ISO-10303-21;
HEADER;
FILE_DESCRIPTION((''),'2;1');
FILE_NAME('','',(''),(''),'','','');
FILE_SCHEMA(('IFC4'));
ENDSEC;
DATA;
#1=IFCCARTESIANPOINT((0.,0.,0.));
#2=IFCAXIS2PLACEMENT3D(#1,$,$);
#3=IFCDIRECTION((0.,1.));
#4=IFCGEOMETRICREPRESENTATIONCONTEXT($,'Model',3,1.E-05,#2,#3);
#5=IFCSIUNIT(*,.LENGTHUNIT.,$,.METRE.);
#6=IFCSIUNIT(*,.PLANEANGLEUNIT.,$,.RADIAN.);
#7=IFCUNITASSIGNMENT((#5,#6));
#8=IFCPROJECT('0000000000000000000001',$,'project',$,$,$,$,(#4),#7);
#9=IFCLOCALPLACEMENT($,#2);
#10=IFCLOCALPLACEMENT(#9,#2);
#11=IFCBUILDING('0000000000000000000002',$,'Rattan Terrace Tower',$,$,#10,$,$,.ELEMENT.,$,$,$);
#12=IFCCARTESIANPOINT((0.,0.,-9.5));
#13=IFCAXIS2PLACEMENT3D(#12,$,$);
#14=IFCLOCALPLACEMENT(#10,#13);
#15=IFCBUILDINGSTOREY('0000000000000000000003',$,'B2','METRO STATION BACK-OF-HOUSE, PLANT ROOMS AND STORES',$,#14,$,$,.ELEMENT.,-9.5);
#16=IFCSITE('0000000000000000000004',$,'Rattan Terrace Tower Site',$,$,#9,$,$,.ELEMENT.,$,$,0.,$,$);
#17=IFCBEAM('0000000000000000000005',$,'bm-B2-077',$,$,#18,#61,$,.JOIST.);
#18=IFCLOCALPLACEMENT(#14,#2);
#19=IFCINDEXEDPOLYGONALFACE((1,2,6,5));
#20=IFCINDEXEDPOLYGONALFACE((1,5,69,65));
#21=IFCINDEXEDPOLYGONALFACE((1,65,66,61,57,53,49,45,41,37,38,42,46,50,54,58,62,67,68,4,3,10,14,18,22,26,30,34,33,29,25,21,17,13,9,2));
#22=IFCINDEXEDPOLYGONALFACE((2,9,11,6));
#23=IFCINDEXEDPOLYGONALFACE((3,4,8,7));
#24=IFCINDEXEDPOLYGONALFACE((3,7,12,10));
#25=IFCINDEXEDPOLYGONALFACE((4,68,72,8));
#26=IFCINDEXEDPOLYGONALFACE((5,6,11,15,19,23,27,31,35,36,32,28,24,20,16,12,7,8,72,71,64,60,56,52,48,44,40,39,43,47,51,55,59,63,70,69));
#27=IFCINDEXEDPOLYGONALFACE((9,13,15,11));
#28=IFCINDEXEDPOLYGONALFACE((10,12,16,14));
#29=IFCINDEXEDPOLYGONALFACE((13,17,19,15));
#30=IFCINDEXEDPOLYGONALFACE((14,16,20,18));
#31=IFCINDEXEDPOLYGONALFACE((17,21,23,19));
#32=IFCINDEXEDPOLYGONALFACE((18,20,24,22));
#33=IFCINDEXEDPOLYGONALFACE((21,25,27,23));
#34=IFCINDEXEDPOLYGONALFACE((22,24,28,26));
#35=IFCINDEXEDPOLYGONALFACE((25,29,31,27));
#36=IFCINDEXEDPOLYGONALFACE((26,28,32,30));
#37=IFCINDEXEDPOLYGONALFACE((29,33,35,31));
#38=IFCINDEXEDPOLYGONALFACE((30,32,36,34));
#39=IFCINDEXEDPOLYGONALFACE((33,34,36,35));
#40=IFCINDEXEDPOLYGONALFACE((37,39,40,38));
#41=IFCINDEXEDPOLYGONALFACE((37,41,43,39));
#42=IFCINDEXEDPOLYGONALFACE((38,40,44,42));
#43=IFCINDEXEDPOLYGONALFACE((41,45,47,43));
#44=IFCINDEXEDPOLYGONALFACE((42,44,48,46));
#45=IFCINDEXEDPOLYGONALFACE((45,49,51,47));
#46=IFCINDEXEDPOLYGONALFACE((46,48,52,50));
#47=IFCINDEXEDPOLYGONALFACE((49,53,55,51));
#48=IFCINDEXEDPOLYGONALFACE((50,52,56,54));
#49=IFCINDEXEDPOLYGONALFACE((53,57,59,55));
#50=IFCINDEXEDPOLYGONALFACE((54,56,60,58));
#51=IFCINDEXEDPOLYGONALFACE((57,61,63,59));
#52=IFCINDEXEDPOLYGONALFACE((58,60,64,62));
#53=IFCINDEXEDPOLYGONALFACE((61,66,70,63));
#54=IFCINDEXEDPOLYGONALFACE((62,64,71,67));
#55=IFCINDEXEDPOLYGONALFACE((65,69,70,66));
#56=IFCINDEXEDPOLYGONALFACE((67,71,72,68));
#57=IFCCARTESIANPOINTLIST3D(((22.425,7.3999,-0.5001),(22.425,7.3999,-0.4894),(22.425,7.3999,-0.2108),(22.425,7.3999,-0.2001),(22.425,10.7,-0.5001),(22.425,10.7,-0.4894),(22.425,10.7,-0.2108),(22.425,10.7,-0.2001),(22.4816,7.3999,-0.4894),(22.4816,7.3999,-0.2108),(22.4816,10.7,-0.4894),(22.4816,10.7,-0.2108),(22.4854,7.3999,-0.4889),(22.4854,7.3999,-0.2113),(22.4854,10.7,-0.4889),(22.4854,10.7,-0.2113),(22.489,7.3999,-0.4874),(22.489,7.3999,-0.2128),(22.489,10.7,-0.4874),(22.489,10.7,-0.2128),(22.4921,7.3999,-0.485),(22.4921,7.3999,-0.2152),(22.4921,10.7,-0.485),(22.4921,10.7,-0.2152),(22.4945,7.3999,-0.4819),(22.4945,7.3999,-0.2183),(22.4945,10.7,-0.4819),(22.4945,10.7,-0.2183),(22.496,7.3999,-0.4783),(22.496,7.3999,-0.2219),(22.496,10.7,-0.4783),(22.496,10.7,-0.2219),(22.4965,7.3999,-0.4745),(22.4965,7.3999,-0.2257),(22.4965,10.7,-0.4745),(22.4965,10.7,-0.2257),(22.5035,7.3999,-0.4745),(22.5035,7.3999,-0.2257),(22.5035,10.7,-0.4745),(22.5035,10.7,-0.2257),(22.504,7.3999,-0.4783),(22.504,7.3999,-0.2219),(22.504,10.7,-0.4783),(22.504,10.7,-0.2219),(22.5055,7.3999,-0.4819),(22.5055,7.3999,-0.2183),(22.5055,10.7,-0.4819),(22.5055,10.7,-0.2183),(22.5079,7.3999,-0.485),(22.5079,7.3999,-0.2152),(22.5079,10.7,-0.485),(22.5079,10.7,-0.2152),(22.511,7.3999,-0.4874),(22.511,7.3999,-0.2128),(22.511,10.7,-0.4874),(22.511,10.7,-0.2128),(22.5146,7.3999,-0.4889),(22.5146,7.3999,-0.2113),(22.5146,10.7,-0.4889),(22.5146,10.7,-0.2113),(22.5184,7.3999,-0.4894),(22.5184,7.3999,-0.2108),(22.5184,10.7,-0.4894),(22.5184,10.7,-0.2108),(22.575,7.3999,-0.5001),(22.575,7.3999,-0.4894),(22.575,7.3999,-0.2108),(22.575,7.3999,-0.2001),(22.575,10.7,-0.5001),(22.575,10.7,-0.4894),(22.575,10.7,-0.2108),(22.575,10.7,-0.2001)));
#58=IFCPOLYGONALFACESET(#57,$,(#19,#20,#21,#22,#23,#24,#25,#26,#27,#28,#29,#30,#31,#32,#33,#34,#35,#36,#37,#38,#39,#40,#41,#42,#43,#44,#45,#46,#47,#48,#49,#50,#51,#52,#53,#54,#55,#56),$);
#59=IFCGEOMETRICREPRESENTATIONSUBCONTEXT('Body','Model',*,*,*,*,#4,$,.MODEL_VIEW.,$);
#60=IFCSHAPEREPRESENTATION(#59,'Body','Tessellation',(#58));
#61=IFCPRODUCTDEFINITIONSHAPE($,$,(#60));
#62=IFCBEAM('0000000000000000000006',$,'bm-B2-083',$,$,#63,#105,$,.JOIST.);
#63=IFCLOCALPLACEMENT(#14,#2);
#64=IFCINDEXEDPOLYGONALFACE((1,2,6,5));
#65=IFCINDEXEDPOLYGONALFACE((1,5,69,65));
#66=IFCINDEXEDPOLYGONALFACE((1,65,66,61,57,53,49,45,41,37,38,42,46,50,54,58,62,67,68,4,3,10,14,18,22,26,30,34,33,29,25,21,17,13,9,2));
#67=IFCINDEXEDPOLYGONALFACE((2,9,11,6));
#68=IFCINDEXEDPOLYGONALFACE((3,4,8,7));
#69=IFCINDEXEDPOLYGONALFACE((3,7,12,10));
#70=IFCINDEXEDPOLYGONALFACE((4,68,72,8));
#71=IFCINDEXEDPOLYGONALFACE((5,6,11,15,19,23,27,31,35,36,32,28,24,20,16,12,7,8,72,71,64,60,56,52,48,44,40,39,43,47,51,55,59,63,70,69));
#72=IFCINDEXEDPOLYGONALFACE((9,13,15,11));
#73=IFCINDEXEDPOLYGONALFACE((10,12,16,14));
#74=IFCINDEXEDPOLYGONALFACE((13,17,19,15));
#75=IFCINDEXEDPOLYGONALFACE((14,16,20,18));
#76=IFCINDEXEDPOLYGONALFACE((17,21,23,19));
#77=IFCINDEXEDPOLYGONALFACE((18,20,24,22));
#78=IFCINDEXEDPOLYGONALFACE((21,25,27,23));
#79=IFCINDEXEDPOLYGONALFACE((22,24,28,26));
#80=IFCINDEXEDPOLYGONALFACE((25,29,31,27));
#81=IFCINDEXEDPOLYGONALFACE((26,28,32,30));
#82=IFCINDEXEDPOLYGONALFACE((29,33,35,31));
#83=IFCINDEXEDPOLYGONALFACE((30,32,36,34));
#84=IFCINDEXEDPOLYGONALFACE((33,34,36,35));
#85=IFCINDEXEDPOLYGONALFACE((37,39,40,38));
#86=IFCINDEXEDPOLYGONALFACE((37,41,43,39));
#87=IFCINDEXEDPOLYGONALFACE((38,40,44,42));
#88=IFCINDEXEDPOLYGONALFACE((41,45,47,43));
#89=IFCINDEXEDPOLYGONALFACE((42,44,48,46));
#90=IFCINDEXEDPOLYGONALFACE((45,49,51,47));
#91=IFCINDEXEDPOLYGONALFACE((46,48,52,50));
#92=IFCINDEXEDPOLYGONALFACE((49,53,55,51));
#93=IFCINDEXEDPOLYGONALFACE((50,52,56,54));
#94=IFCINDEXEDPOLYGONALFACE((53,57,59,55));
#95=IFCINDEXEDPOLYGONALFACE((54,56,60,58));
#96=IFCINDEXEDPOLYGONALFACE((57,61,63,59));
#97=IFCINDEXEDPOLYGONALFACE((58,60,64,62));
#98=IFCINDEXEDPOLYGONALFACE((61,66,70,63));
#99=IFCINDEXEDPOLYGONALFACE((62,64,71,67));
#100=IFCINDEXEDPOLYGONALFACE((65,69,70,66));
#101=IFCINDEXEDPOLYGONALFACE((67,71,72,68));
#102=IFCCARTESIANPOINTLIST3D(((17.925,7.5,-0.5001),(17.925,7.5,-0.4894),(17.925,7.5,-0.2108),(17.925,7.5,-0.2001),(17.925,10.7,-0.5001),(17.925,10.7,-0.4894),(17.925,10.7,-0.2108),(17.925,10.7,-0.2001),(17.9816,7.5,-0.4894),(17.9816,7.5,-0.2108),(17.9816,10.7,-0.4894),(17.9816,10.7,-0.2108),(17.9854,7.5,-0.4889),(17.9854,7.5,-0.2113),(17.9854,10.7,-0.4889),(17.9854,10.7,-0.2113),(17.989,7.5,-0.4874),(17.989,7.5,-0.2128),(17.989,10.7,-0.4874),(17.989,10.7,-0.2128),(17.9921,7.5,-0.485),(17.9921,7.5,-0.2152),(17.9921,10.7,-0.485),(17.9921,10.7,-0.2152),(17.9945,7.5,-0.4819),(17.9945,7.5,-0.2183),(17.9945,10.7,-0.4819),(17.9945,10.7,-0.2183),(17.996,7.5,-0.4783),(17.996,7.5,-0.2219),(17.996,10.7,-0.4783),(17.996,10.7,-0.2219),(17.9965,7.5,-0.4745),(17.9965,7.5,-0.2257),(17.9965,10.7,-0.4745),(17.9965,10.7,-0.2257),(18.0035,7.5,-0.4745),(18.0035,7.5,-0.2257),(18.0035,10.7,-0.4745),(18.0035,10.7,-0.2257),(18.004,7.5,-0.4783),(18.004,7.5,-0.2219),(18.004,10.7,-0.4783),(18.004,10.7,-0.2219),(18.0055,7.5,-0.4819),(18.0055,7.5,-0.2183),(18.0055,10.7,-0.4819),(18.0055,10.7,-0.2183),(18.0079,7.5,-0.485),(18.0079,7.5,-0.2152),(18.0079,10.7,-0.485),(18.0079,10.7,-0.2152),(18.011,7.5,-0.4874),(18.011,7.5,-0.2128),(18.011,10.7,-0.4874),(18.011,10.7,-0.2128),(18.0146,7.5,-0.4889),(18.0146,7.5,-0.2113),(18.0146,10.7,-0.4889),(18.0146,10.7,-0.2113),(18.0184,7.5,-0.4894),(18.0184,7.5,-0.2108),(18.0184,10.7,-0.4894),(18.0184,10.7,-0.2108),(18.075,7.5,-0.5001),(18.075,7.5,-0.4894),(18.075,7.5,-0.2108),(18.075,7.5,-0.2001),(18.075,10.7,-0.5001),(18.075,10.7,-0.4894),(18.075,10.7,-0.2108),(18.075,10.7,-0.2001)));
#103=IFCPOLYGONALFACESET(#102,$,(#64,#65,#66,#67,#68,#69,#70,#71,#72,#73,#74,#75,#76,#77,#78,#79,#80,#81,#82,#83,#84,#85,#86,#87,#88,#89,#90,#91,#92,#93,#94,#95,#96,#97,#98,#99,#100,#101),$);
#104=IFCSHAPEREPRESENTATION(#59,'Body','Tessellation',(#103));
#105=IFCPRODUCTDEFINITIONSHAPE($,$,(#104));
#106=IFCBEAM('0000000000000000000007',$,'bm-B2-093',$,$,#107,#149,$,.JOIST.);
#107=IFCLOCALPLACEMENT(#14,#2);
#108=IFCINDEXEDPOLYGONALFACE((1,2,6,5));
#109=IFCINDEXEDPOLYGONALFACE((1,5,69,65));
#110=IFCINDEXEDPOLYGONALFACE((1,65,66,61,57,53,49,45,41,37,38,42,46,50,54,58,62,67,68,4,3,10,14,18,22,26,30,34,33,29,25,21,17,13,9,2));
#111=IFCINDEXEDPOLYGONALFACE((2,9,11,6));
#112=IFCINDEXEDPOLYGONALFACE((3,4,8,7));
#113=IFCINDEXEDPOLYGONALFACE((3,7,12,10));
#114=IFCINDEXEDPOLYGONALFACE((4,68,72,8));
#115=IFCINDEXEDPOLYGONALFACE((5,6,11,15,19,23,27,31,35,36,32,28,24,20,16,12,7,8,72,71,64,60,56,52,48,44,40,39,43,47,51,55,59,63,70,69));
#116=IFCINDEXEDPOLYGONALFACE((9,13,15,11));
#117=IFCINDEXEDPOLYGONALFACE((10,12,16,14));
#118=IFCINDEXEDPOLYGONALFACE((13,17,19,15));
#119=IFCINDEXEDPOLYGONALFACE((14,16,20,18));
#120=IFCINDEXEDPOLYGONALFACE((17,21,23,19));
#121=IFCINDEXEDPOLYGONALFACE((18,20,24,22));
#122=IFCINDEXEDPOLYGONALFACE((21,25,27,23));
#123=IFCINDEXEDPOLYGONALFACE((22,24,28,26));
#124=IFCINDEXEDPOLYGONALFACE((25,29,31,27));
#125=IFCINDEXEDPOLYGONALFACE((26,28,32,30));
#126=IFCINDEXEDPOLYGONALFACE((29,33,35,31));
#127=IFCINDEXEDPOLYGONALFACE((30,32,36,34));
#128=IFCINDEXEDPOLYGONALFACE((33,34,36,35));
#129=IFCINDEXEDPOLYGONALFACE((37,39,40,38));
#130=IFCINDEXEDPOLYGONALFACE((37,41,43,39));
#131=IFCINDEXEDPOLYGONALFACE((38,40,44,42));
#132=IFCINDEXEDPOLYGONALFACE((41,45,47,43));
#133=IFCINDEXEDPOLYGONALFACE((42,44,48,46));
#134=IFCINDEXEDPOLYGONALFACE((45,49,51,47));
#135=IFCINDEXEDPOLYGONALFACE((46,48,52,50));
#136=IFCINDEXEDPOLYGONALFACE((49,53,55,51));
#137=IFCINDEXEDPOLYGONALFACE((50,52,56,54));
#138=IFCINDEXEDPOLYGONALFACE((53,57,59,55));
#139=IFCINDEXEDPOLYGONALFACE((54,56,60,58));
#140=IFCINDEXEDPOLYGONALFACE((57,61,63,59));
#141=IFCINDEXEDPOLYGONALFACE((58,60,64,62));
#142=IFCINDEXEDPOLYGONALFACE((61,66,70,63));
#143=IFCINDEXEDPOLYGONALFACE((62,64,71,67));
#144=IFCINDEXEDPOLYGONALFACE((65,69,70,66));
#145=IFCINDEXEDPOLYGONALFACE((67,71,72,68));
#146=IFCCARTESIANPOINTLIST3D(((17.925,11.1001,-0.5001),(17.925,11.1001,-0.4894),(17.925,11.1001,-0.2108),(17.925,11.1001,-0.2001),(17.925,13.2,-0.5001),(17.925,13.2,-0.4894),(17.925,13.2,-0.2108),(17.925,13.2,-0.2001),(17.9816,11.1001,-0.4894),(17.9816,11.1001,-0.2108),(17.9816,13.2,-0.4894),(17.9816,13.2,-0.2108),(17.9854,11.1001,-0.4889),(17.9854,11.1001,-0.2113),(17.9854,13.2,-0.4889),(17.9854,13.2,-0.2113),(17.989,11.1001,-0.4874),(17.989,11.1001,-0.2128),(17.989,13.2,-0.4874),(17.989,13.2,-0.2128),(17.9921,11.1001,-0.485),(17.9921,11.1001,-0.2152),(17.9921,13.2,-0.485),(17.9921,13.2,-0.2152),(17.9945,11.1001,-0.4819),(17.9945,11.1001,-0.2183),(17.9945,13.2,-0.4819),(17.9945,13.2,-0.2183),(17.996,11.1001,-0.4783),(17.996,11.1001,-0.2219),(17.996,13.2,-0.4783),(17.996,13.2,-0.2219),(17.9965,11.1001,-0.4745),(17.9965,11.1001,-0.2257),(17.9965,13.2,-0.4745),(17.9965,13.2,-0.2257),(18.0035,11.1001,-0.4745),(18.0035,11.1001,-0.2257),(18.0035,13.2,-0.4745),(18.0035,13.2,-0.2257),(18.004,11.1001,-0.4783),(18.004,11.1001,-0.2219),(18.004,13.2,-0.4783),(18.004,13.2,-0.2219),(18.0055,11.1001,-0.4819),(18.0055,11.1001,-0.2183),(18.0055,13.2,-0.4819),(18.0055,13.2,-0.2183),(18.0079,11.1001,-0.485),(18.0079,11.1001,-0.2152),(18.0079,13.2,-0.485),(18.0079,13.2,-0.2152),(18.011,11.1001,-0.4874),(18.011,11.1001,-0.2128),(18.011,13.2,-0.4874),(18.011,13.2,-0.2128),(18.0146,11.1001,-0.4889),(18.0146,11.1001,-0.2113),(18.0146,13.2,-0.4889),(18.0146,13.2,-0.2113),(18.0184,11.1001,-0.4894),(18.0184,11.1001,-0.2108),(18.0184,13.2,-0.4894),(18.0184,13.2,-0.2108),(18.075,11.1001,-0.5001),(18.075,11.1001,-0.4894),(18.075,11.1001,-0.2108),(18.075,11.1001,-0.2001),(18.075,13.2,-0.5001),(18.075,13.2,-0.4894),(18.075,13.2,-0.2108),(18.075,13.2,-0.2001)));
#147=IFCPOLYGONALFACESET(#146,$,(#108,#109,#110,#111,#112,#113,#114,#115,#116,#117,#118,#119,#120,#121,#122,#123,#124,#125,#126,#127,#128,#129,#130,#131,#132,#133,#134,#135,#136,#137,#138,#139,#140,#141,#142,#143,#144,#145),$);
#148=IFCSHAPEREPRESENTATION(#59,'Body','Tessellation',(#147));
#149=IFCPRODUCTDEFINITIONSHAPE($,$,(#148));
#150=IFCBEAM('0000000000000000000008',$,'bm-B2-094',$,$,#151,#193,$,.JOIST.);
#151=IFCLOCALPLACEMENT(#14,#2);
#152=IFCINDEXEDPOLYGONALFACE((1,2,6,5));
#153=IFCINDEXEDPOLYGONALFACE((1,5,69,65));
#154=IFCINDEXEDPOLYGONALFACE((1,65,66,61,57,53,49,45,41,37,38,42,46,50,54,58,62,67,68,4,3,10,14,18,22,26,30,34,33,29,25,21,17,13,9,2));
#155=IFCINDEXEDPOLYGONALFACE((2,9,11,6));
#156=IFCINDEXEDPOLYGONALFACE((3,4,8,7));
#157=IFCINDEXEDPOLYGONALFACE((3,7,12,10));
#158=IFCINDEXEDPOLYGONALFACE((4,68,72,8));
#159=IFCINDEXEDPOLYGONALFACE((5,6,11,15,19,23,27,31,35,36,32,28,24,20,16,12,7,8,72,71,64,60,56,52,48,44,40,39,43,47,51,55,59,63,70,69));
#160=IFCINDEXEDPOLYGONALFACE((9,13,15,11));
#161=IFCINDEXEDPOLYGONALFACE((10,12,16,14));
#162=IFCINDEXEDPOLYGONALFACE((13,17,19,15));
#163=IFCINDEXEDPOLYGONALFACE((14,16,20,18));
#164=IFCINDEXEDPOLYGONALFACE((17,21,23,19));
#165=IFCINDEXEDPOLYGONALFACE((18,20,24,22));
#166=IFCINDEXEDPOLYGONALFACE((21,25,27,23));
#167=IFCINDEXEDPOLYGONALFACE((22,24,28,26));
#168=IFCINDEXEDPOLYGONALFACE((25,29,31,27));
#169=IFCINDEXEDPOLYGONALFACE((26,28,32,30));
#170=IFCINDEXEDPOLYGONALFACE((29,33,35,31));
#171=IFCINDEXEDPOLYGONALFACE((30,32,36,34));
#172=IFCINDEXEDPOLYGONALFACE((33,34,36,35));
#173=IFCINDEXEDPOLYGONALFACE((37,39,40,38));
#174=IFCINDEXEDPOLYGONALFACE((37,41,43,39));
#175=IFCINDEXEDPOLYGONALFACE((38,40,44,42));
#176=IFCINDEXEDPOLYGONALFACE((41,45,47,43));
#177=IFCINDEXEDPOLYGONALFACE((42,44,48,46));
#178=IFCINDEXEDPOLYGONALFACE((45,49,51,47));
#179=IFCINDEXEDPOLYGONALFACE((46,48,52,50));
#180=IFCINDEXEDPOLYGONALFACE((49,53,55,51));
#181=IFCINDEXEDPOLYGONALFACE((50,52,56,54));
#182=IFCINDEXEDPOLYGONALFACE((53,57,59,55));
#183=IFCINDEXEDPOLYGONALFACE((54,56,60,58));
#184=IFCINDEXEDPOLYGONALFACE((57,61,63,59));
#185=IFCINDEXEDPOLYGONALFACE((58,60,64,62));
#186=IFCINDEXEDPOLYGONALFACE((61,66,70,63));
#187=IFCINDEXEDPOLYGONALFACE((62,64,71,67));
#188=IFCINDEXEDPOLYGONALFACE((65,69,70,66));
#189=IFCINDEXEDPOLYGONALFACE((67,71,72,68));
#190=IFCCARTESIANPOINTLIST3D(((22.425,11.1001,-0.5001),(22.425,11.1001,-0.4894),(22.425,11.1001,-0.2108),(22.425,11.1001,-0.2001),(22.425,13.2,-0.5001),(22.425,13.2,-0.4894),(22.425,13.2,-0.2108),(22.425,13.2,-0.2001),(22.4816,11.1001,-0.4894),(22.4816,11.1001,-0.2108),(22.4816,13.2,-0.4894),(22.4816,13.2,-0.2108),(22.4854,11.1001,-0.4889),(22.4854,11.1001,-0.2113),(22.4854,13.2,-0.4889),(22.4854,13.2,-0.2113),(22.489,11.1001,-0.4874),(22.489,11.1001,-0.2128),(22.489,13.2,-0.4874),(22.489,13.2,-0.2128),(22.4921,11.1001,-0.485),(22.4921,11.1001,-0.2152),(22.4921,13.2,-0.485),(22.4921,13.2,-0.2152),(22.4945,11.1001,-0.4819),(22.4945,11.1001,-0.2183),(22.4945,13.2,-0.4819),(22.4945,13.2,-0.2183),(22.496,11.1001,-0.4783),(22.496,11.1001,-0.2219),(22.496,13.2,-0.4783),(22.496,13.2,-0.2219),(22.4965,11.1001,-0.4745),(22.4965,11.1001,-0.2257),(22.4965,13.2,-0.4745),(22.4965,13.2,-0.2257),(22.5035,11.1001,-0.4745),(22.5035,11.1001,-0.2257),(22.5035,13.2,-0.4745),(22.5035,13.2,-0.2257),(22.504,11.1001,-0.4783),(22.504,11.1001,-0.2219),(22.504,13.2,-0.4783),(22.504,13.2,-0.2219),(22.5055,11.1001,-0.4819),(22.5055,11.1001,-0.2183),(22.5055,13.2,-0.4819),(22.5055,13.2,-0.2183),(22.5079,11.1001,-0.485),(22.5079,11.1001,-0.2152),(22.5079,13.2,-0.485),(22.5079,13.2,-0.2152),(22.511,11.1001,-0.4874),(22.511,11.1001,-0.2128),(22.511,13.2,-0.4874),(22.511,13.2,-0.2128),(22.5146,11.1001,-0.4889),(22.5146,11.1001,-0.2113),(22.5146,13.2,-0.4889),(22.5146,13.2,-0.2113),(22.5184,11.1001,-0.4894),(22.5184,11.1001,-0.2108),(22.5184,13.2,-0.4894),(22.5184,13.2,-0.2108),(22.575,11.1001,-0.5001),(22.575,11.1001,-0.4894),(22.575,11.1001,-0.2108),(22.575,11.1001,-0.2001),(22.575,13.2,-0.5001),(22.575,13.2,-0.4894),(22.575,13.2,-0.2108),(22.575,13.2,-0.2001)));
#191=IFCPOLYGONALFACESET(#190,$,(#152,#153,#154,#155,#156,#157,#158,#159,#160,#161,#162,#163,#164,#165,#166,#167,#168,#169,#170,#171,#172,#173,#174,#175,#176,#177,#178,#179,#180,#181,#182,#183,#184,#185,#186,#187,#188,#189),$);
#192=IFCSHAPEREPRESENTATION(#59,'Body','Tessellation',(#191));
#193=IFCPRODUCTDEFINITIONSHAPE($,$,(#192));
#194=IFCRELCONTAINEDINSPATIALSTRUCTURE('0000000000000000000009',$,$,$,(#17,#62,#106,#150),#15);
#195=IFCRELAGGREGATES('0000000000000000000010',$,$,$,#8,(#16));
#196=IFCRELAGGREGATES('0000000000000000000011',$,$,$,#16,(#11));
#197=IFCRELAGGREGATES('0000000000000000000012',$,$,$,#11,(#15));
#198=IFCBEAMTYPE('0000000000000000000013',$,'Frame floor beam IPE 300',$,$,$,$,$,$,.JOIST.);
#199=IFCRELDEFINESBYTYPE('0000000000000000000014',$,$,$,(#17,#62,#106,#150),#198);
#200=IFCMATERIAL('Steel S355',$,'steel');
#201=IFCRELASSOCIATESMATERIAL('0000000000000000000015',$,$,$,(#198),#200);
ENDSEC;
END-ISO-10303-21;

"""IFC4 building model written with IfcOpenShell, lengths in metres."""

from ifc_helpers import new_model, si_unit, direction, frame, origin, origin_2d, place, context, subcontext, project, spatial, i_section, extrude, material, material_profile, profile_set, type_object, element, save


model = new_model("IFC4")

# Units and contexts
model_context = context("Model", 3, precision=1e-05, world=origin(), true_north=direction((0.0, 1.0)))
body_context = subcontext(model_context, "Body", "Model", "MODEL_VIEW")
ifc_project = project(units=[si_unit("LENGTHUNIT", "METRE"), si_unit("PLANEANGLEUNIT", "RADIAN")], contexts=[model_context])

# Site, building, storey
site_placement = place(None, origin())
site = spatial("IfcSite", under=ifc_project, at=site_placement, Name="Rattan Terrace Tower Site", CompositionType="ELEMENT", RefElevation=0.0)
building_placement = place(site_placement, origin())
building = spatial("IfcBuilding", under=site, at=building_placement, Name="Rattan Terrace Tower", CompositionType="ELEMENT")
storey_placement = place(building_placement, frame((0.0, 0.0, -9.5)))
storey = spatial("IfcBuildingStorey", under=building, at=storey_placement, Name="B2", Description="METRO STATION BACK-OF-HOUSE, PLANT ROOMS AND STORES", CompositionType="ELEMENT", Elevation=-9.5)

# Beams
ifc_material_1 = material(Name="Steel S355", Category="steel")
ifc_material_profile = material_profile(ifc_material_1, i_section(OverallWidth=0.1499, OverallDepth=0.3, WebThickness=0.0071, FlangeThickness=0.0107, FilletRadius=0.0149, at=origin_2d()), Name="IPE 300")
ifc_profile_set = profile_set([ifc_material_profile], Name="Steel S355")
beam_type = type_object("IfcBeamType", Name="Frame floor beam IPE 300", PredefinedType="JOIST", material=ifc_profile_set)
beam_1_placement = place(storey_placement, frame((22.5, 7.3999, -0.3501), z_axis=(0.0, 1.0, 0.0), x_axis=(-1.0, 0.0, 0.0)))
element("IfcBeam", 1, at=beam_1_placement, inside=storey, type_object=beam_type, Name="bm-B2-077", PredefinedType="JOIST", context=body_context, shape_type="SweptSolid", body=[
    extrude(i_section(OverallWidth=0.1499, OverallDepth=0.3, WebThickness=0.0071, FlangeThickness=0.0107, FilletRadius=0.0149, at=origin_2d()), origin(), (0.0, 0.0, 1.0), 3.3),
])
beam_2_placement = place(storey_placement, frame((18.0, 7.5, -0.3501), z_axis=(0.0, 1.0, 0.0), x_axis=(-1.0, 0.0, 0.0)))
element("IfcBeam", 2, at=beam_2_placement, inside=storey, type_object=beam_type, Name="bm-B2-083", PredefinedType="JOIST", context=body_context, shape_type="SweptSolid", body=[
    extrude(i_section(OverallWidth=0.1499, OverallDepth=0.3, WebThickness=0.0071, FlangeThickness=0.0107, FilletRadius=0.0149, at=origin_2d()), origin(), (0.0, 0.0, 1.0), 3.2),
])
for number, where, z_axis, x_axis, name in (
    (3, (18.0, 11.1001, -0.3501), (0.0, 1.0, 0.0), (-1.0, 0.0, 0.0), "bm-B2-093"),
    (4, (22.5, 11.1001, -0.3501), (0.0, 1.0, 0.0), (-1.0, 0.0, 0.0), "bm-B2-094"),
):
    element("IfcBeam", number, at=place(storey_placement, frame(where, z_axis=z_axis, x_axis=x_axis)), inside=storey, type_object=beam_type, Name=name, PredefinedType="JOIST", context=body_context, shape_type="SweptSolid", body=[
        extrude(i_section(OverallWidth=0.1499, OverallDepth=0.3, WebThickness=0.0071, FlangeThickness=0.0107, FilletRadius=0.0149, at=origin_2d()), origin(), (0.0, 0.0, 1.0), 2.0999),
    ])

save(model, "model.ifc")
